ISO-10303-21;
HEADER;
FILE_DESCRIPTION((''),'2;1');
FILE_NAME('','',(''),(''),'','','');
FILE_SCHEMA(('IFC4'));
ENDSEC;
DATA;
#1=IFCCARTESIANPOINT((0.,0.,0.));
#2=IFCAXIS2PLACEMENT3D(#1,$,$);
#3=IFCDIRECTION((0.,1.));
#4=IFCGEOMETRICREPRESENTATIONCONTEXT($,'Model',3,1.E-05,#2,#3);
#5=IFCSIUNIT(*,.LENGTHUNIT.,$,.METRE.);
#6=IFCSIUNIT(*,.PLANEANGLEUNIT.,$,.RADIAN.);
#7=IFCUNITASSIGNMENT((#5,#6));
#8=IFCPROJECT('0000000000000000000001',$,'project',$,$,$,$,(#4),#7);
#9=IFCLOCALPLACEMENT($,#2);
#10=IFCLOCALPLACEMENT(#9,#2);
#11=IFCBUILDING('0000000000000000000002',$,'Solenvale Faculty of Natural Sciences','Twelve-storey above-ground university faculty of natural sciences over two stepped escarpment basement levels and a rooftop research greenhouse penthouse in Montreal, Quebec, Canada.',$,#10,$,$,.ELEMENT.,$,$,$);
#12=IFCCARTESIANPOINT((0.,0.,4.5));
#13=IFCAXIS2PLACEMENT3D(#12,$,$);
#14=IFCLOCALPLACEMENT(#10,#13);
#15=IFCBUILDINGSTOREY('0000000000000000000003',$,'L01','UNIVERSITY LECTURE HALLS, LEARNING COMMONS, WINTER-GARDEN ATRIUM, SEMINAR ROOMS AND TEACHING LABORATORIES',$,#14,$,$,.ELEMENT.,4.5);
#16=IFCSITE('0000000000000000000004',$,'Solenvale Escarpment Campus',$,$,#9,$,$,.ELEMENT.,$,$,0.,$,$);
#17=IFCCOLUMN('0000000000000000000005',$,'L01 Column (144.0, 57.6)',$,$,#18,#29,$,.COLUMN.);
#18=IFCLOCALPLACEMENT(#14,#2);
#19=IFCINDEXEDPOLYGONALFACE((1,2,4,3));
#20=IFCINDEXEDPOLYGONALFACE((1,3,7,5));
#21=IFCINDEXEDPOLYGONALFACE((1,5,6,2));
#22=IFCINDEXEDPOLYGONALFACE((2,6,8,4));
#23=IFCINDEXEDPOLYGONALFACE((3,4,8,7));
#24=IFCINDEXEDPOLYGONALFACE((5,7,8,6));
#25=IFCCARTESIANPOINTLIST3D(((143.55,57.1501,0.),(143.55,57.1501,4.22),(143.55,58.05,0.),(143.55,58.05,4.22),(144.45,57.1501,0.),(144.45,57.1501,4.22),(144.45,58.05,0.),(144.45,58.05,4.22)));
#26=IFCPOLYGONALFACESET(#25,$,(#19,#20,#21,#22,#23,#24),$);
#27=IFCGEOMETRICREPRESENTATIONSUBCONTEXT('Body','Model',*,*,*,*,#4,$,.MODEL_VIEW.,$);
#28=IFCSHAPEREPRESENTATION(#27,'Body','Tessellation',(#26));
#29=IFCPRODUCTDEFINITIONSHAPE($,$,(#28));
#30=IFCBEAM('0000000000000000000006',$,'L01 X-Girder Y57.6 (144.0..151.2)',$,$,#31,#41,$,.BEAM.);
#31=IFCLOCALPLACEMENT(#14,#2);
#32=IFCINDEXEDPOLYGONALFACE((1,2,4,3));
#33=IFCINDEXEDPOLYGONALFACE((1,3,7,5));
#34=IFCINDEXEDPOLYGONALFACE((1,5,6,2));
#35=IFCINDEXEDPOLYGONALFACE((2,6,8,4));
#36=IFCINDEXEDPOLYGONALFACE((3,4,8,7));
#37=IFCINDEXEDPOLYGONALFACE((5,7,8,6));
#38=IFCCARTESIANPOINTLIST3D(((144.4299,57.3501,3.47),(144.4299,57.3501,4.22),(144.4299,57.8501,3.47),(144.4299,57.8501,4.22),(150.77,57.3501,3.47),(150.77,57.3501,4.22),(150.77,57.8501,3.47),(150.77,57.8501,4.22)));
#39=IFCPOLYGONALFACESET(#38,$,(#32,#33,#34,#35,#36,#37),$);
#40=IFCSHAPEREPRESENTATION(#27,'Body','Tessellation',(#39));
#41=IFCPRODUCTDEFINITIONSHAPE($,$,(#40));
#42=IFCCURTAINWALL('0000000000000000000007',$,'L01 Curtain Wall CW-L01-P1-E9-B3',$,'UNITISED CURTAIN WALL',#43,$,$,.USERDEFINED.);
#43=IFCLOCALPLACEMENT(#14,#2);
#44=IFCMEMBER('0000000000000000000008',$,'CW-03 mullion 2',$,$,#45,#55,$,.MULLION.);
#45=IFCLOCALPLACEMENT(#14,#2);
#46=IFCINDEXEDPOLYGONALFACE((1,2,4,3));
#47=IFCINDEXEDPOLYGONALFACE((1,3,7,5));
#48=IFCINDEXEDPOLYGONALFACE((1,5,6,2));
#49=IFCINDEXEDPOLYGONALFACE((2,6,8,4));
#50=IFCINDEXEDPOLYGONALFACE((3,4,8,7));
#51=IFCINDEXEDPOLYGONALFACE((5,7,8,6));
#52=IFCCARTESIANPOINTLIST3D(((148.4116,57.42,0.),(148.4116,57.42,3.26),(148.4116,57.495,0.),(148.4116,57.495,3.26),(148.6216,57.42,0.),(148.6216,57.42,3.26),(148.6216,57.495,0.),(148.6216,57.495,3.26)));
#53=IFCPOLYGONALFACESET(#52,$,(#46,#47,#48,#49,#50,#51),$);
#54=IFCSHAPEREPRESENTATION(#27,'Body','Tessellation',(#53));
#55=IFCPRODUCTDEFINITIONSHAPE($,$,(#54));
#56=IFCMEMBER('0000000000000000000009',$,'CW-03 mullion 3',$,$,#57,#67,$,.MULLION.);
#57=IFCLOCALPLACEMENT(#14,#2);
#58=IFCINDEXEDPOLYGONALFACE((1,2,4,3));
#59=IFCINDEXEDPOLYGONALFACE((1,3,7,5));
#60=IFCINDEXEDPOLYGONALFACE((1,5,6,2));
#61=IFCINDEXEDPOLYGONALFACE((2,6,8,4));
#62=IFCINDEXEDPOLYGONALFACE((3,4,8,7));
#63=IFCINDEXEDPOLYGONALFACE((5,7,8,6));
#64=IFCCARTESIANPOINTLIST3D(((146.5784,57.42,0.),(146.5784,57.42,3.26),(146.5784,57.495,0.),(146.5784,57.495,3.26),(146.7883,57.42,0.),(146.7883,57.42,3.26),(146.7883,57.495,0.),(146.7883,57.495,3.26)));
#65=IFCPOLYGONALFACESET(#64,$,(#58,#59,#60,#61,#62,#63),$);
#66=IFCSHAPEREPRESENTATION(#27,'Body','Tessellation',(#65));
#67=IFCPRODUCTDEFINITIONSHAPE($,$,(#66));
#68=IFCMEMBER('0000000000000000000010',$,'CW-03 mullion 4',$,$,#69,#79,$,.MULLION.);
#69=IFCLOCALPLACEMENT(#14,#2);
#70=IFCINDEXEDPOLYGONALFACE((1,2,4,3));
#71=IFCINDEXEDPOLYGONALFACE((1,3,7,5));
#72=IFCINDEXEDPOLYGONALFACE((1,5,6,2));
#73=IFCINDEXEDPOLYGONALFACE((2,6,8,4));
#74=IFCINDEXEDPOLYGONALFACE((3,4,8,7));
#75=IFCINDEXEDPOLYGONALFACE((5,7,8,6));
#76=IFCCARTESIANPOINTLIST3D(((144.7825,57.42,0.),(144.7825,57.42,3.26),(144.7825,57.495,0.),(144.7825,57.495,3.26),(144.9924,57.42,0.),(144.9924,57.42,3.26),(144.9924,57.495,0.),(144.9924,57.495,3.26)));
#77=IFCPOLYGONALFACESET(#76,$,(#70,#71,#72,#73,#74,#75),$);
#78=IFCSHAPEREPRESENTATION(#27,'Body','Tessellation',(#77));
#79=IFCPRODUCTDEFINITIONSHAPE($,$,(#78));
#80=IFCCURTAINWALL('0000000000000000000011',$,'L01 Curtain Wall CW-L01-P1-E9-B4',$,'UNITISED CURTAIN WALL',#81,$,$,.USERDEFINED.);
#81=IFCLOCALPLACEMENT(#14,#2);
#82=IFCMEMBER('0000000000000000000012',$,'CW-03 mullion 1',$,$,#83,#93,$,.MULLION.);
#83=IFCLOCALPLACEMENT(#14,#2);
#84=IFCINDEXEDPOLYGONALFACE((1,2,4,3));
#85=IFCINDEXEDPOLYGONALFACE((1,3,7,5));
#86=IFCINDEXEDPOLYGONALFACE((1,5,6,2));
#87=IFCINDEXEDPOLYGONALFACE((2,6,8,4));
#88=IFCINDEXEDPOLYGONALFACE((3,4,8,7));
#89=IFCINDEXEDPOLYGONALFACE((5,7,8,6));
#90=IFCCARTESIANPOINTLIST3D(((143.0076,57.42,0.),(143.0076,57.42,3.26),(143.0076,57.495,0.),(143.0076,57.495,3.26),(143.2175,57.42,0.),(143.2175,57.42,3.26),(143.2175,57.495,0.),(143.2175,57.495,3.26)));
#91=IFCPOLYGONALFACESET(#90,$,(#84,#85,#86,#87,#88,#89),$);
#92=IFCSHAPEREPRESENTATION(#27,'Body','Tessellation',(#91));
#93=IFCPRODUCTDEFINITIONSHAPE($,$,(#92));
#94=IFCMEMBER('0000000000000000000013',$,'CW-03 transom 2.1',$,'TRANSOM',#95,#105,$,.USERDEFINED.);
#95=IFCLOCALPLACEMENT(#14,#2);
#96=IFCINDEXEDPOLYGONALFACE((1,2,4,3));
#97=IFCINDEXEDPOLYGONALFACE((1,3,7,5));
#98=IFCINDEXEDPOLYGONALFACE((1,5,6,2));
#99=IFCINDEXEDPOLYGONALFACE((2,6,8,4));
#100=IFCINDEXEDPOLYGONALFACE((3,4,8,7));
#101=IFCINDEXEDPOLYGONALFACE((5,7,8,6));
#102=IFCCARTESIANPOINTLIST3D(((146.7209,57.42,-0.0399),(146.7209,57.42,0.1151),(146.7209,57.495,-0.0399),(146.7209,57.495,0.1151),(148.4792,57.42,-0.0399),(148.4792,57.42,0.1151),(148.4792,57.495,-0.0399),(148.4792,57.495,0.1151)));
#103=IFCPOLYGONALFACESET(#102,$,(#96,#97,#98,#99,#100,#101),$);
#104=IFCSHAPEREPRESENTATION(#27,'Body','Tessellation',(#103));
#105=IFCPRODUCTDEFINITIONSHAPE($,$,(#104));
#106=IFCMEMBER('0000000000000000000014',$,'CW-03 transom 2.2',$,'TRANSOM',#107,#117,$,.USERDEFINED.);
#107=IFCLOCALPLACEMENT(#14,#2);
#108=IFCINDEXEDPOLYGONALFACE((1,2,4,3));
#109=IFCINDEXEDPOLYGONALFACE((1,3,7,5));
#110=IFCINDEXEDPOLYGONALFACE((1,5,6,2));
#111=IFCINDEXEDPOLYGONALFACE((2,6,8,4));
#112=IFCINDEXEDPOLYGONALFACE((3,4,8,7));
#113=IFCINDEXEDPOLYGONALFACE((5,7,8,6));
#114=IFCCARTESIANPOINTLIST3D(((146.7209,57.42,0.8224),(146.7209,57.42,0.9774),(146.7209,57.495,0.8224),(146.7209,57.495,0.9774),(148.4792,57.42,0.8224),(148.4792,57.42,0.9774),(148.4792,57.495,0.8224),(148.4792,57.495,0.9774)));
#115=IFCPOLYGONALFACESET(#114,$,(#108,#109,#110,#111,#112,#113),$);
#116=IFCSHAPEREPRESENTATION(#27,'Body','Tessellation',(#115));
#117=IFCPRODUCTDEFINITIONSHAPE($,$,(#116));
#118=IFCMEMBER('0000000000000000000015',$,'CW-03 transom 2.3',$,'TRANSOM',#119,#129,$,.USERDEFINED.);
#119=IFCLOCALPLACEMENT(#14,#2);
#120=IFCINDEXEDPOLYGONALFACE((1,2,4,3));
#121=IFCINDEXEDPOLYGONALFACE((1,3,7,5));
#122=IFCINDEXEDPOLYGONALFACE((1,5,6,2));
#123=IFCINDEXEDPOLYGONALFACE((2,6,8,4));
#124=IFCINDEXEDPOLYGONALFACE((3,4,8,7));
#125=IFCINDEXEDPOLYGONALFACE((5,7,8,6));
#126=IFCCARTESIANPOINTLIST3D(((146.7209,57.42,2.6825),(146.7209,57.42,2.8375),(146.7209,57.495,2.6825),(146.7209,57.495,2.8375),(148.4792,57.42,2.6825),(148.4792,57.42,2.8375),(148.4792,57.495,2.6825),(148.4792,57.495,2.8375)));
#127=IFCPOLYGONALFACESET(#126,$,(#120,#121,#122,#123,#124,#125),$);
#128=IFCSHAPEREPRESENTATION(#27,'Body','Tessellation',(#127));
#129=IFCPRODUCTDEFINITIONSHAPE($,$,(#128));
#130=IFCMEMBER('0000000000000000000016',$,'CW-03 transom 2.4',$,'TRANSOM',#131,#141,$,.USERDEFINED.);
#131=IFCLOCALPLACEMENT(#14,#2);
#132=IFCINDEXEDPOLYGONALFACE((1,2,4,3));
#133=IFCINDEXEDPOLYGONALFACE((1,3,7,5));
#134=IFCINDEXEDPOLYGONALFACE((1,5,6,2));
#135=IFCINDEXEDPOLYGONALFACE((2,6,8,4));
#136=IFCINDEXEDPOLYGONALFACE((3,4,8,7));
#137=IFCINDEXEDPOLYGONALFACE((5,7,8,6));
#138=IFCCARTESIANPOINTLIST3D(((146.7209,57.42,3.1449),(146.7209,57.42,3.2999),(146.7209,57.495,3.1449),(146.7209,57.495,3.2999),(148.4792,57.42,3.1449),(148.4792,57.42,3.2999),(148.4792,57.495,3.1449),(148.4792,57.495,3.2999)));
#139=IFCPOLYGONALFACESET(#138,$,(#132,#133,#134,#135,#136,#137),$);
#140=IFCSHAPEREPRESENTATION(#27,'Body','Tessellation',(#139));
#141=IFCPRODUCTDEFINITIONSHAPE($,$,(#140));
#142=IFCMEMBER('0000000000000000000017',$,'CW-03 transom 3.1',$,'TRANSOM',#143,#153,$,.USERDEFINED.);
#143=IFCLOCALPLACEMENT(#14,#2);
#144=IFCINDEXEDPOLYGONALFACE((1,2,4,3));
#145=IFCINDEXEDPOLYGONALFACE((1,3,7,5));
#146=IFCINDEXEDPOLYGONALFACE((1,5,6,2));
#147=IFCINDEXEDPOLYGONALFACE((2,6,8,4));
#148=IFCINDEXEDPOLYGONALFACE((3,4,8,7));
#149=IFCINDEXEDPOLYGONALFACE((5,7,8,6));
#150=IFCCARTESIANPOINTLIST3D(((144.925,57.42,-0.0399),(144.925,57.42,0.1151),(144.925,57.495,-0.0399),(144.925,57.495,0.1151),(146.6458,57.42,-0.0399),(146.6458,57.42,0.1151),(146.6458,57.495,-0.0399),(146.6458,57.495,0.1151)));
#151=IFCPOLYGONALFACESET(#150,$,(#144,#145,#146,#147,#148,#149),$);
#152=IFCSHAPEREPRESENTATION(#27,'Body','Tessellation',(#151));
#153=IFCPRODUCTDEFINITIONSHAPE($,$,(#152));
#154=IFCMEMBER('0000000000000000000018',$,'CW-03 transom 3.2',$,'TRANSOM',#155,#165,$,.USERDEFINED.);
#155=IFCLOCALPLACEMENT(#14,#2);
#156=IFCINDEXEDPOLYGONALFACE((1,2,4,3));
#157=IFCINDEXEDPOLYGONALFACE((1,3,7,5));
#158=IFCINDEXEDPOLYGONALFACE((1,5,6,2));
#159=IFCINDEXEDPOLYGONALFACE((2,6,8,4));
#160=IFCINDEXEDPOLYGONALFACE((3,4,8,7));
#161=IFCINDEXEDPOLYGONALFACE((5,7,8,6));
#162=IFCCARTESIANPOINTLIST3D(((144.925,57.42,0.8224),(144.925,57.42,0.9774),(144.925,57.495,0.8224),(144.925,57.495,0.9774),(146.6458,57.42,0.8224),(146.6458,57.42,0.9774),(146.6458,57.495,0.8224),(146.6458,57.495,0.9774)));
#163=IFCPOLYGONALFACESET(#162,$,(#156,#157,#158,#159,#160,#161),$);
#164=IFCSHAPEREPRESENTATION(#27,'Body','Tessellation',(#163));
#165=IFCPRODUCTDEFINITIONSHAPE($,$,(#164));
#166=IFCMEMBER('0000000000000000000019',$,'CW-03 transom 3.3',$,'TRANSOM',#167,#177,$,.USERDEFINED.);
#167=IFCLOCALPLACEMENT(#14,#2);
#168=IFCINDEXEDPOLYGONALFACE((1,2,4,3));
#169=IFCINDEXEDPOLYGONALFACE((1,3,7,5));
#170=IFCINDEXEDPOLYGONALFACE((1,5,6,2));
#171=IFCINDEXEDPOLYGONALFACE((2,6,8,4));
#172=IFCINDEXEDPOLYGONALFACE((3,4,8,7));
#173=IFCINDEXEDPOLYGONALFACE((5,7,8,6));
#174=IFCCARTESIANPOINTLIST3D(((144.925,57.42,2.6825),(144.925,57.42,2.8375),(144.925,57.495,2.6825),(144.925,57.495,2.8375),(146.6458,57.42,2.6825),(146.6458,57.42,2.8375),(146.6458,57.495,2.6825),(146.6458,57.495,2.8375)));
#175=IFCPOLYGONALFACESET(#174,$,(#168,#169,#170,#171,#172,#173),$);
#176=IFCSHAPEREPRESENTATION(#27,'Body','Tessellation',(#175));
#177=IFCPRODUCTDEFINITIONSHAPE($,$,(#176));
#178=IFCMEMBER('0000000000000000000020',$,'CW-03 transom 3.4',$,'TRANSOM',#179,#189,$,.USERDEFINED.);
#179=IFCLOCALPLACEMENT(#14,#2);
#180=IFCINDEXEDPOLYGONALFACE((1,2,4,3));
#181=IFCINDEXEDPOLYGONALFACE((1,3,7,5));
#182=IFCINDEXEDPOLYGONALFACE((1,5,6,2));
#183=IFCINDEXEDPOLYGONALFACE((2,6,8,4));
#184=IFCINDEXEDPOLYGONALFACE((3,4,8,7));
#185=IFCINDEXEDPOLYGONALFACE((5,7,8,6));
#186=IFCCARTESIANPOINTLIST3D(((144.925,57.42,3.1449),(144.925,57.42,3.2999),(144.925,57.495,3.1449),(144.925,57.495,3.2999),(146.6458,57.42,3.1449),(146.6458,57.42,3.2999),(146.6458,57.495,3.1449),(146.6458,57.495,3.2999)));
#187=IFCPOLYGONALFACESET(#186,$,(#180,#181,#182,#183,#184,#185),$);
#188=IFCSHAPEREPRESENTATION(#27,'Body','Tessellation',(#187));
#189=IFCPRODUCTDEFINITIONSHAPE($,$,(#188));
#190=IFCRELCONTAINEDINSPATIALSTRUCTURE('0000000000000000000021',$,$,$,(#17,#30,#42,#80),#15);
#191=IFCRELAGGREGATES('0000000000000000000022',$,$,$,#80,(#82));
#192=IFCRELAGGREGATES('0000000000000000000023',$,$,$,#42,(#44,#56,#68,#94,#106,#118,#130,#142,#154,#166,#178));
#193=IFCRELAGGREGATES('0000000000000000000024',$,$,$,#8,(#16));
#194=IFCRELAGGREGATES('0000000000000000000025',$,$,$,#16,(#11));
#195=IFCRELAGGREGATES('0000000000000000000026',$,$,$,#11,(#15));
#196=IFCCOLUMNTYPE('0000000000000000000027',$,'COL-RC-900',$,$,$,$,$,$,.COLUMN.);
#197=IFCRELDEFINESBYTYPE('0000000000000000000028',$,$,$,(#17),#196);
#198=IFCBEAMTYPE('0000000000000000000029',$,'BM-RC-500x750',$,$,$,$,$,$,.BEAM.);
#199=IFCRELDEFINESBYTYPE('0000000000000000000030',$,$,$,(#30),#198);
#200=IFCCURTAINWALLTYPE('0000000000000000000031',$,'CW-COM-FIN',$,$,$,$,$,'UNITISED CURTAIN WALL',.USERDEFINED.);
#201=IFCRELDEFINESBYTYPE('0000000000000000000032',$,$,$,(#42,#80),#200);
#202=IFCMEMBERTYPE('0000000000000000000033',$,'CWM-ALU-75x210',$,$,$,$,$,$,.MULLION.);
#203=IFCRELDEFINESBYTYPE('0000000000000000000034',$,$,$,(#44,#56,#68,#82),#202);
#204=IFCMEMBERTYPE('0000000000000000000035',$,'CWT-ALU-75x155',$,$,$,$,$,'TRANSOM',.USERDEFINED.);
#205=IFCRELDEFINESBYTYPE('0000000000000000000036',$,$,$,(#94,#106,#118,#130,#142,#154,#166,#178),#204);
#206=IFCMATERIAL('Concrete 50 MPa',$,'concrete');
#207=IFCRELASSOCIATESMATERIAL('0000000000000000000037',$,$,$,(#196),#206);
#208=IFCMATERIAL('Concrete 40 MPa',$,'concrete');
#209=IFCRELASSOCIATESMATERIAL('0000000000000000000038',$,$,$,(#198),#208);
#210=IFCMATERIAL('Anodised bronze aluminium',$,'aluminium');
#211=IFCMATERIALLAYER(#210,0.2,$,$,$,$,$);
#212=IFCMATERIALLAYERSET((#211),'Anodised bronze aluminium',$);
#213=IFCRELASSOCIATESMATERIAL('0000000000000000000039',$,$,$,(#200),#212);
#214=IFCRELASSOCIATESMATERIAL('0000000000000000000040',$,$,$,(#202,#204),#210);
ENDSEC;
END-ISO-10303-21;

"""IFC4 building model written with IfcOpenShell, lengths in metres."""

from ifc_helpers import new_model, si_unit, direction, frame, origin, origin_2d, place, context, subcontext, project, spatial, rectangle, extrude, material, layer, layer_set, material_profile, profile_set, type_object, element, aggregate, save


model = new_model("IFC4")

# Units and contexts
model_context = context("Model", 3, precision=1e-05, world=origin(), true_north=direction((0.0, 1.0)))
body_context = subcontext(model_context, "Body", "Model", "MODEL_VIEW")
ifc_project = project(units=[si_unit("LENGTHUNIT", "METRE"), si_unit("PLANEANGLEUNIT", "RADIAN")], contexts=[model_context])

# Site, building, storey
site_placement = place(None, origin())
site = spatial("IfcSite", under=ifc_project, at=site_placement, Name="Solenvale Escarpment Campus", CompositionType="ELEMENT", RefElevation=0.0)
building_placement = place(site_placement, origin())
building = spatial("IfcBuilding", under=site, at=building_placement, Name="Solenvale Faculty of Natural Sciences", Description="Twelve-storey above-ground university faculty of natural sciences over two stepped escarpment basement levels and a rooftop research greenhouse penthouse in Montreal, Quebec, Canada.", CompositionType="ELEMENT")
storey_placement = place(building_placement, frame((0.0, 0.0, 4.5)))
storey = spatial("IfcBuildingStorey", under=building, at=storey_placement, Name="L01", Description="UNIVERSITY LECTURE HALLS, LEARNING COMMONS, WINTER-GARDEN ATRIUM, SEMINAR ROOMS AND TEACHING LABORATORIES", CompositionType="ELEMENT", Elevation=4.5)

# Column
ifc_material_1 = material(Name="Concrete 50 MPa", Category="concrete")
ifc_material_profile_1 = material_profile(ifc_material_1, rectangle(XDim=0.8999, YDim=0.8999, at=origin_2d()), Name="RC-COL-900x900")
ifc_profile_set_1 = profile_set([ifc_material_profile_1], Name="Concrete 50 MPa")
column_type = type_object("IfcColumnType", Name="COL-RC-900", PredefinedType="COLUMN", material=ifc_profile_set_1)
column_placement = place(storey_placement, frame((144.0, 57.6001, 0.0), z_axis=(0.0, 0.0, 1.0), x_axis=(1.0, 0.0, 0.0)))
element("IfcColumn", 1, at=column_placement, inside=storey, type_object=column_type, Name="L01 Column (144.0, 57.6)", PredefinedType="COLUMN", context=body_context, shape_type="SweptSolid", body=[
    extrude(rectangle(XDim=0.8999, YDim=0.8999, at=origin_2d()), origin(), (0.0, 0.0, 1.0), 4.22),
])

# Beam
ifc_material_2 = material(Name="Concrete 40 MPa", Category="concrete")
ifc_material_profile_2 = material_profile(ifc_material_2, rectangle(XDim=0.5, YDim=0.75, at=origin_2d()), Name="RC-BM-500x750")
ifc_profile_set_2 = profile_set([ifc_material_profile_2], Name="Concrete 40 MPa")
beam_type = type_object("IfcBeamType", Name="BM-RC-500x750", PredefinedType="BEAM", material=ifc_profile_set_2)
beam_placement = place(storey_placement, frame((144.4299, 57.6001, 3.845), z_axis=(1.0, 0.0, 0.0), x_axis=(0.0, 1.0, 0.0)))
element("IfcBeam", 2, at=beam_placement, inside=storey, type_object=beam_type, Name="L01 X-Girder Y57.6 (144.0..151.2)", PredefinedType="BEAM", context=body_context, shape_type="SweptSolid", body=[
    extrude(rectangle(XDim=0.5, YDim=0.75, at=origin_2d()), origin(), (0.0, 0.0, 1.0), 6.3401),
])

# Curtain wall, members
ifc_material_3 = material(Name="Anodised bronze aluminium", Category="aluminium")
ifc_layer_1 = layer(ifc_material_3, 0.2)
ifc_layer_set_1 = layer_set([ifc_layer_1], Name="Anodised bronze aluminium")
curtain_wall_type = type_object("IfcCurtainWallType", Name="CW-COM-FIN", ElementType="UNITISED CURTAIN WALL", PredefinedType="USERDEFINED", material=ifc_layer_set_1)
curtain_wall_1_placement = place(storey_placement, origin())
curtain_wall_1 = element("IfcCurtainWall", 3, at=curtain_wall_1_placement, inside=storey, type_object=curtain_wall_type, Name="L01 Curtain Wall CW-L01-P1-E9-B3", ObjectType="UNITISED CURTAIN WALL", PredefinedType="USERDEFINED")
ifc_material_profile_3 = material_profile(ifc_material_3, rectangle(XDim=0.075, YDim=0.21, at=origin_2d()), Name="ALU-MUL-75x210")
ifc_profile_set_3 = profile_set([ifc_material_profile_3], Name="Anodised bronze aluminium")
member_type_1 = type_object("IfcMemberType", Name="CWM-ALU-75x210", PredefinedType="MULLION", material=ifc_profile_set_3)
member_1_placement = place(storey_placement, frame((148.5166, 57.4575, 0.0), z_axis=(0.0, 0.0, 1.0), x_axis=(0.0, -1.0, 0.0)))
member_1 = element("IfcMember", 4, at=member_1_placement, type_object=member_type_1, Name="CW-03 mullion 2", PredefinedType="MULLION", context=body_context, shape_type="SweptSolid", body=[
    extrude(rectangle(XDim=0.075, YDim=0.21, at=origin_2d()), origin(), (0.0, 0.0, 1.0), 3.26),
])
member_2_placement = place(storey_placement, frame((146.6833, 57.4575, 0.0), z_axis=(0.0, 0.0, 1.0), x_axis=(0.0, -1.0, 0.0)))
member_2 = element("IfcMember", 5, at=member_2_placement, type_object=member_type_1, Name="CW-03 mullion 3", PredefinedType="MULLION", context=body_context, shape_type="SweptSolid", body=[
    extrude(rectangle(XDim=0.075, YDim=0.21, at=origin_2d()), origin(), (0.0, 0.0, 1.0), 3.26),
])
member_3_placement = place(storey_placement, frame((144.8875, 57.4575, 0.0), z_axis=(0.0, 0.0, 1.0), x_axis=(0.0, -1.0, 0.0)))
member_3 = element("IfcMember", 6, at=member_3_placement, type_object=member_type_1, Name="CW-03 mullion 4", PredefinedType="MULLION", context=body_context, shape_type="SweptSolid", body=[
    extrude(rectangle(XDim=0.075, YDim=0.21, at=origin_2d()), origin(), (0.0, 0.0, 1.0), 3.26),
])

# Curtain wall, member
curtain_wall_2_placement = place(storey_placement, origin())
curtain_wall_2 = element("IfcCurtainWall", 7, at=curtain_wall_2_placement, inside=storey, type_object=curtain_wall_type, Name="L01 Curtain Wall CW-L01-P1-E9-B4", ObjectType="UNITISED CURTAIN WALL", PredefinedType="USERDEFINED")
member_4_placement = place(storey_placement, frame((143.1125, 57.4575, 0.0), z_axis=(0.0, 0.0, 1.0), x_axis=(0.0, -1.0, 0.0)))
member_4 = element("IfcMember", 8, at=member_4_placement, type_object=member_type_1, Name="CW-03 mullion 1", PredefinedType="MULLION", context=body_context, shape_type="SweptSolid", body=[
    extrude(rectangle(XDim=0.075, YDim=0.21, at=origin_2d()), origin(), (0.0, 0.0, 1.0), 3.26),
])

# Members
ifc_material_profile_4 = material_profile(ifc_material_3, rectangle(XDim=0.075, YDim=0.155, at=origin_2d()), Name="ALU-TRN-75x155")
ifc_profile_set_4 = profile_set([ifc_material_profile_4], Name="Anodised bronze aluminium")
member_type_2 = type_object("IfcMemberType", Name="CWT-ALU-75x155", ElementType="TRANSOM", PredefinedType="USERDEFINED", material=ifc_profile_set_4)
member_5_placement = place(storey_placement, frame((148.4792, 57.4575, 0.0376), z_axis=(-1.0, 0.0, 0.0), x_axis=(0.0, -1.0, 0.0)))
member_5 = element("IfcMember", 9, at=member_5_placement, type_object=member_type_2, Name="CW-03 transom 2.1", ObjectType="TRANSOM", PredefinedType="USERDEFINED", context=body_context, shape_type="SweptSolid", body=[
    extrude(rectangle(XDim=0.075, YDim=0.155, at=origin_2d()), origin(), (0.0, 0.0, 1.0), 1.7583),
])
member_6_placement = place(storey_placement, frame((148.4792, 57.4575, 0.8999), z_axis=(-1.0, 0.0, 0.0), x_axis=(0.0, -1.0, 0.0)))
member_6 = element("IfcMember", 10, at=member_6_placement, type_object=member_type_2, Name="CW-03 transom 2.2", ObjectType="TRANSOM", PredefinedType="USERDEFINED", context=body_context, shape_type="SweptSolid", body=[
    extrude(rectangle(XDim=0.075, YDim=0.155, at=origin_2d()), origin(), (0.0, 0.0, 1.0), 1.7583),
])
member_7_placement = place(storey_placement, frame((148.4792, 57.4575, 2.76), z_axis=(-1.0, 0.0, 0.0), x_axis=(0.0, -1.0, 0.0)))
member_7 = element("IfcMember", 11, at=member_7_placement, type_object=member_type_2, Name="CW-03 transom 2.3", ObjectType="TRANSOM", PredefinedType="USERDEFINED", context=body_context, shape_type="SweptSolid", body=[
    extrude(rectangle(XDim=0.075, YDim=0.155, at=origin_2d()), origin(), (0.0, 0.0, 1.0), 1.7583),
])
member_8_placement = place(storey_placement, frame((148.4792, 57.4575, 3.2224), z_axis=(-1.0, 0.0, 0.0), x_axis=(0.0, -1.0, 0.0)))
member_8 = element("IfcMember", 12, at=member_8_placement, type_object=member_type_2, Name="CW-03 transom 2.4", ObjectType="TRANSOM", PredefinedType="USERDEFINED", context=body_context, shape_type="SweptSolid", body=[
    extrude(rectangle(XDim=0.075, YDim=0.155, at=origin_2d()), origin(), (0.0, 0.0, 1.0), 1.7583),
])
member_9_placement = place(storey_placement, frame((146.6458, 57.4575, 0.0376), z_axis=(-1.0, 0.0, 0.0), x_axis=(0.0, -1.0, 0.0)))
member_9 = element("IfcMember", 13, at=member_9_placement, type_object=member_type_2, Name="CW-03 transom 3.1", ObjectType="TRANSOM", PredefinedType="USERDEFINED", context=body_context, shape_type="SweptSolid", body=[
    extrude(rectangle(XDim=0.075, YDim=0.155, at=origin_2d()), origin(), (0.0, 0.0, 1.0), 1.7207),
])
member_10_placement = place(storey_placement, frame((146.6458, 57.4575, 0.8999), z_axis=(-1.0, 0.0, 0.0), x_axis=(0.0, -1.0, 0.0)))
member_10 = element("IfcMember", 14, at=member_10_placement, type_object=member_type_2, Name="CW-03 transom 3.2", ObjectType="TRANSOM", PredefinedType="USERDEFINED", context=body_context, shape_type="SweptSolid", body=[
    extrude(rectangle(XDim=0.075, YDim=0.155, at=origin_2d()), origin(), (0.0, 0.0, 1.0), 1.7207),
])
member_11_placement = place(storey_placement, frame((146.6458, 57.4575, 2.76), z_axis=(-1.0, 0.0, 0.0), x_axis=(0.0, -1.0, 0.0)))
member_11 = element("IfcMember", 15, at=member_11_placement, type_object=member_type_2, Name="CW-03 transom 3.3", ObjectType="TRANSOM", PredefinedType="USERDEFINED", context=body_context, shape_type="SweptSolid", body=[
    extrude(rectangle(XDim=0.075, YDim=0.155, at=origin_2d()), origin(), (0.0, 0.0, 1.0), 1.7207),
])
member_12_placement = place(storey_placement, frame((146.6458, 57.4575, 3.2224), z_axis=(-1.0, 0.0, 0.0), x_axis=(0.0, -1.0, 0.0)))
member_12 = element("IfcMember", 16, at=member_12_placement, type_object=member_type_2, Name="CW-03 transom 3.4", ObjectType="TRANSOM", PredefinedType="USERDEFINED", context=body_context, shape_type="SweptSolid", body=[
    extrude(rectangle(XDim=0.075, YDim=0.155, at=origin_2d()), origin(), (0.0, 0.0, 1.0), 1.7207),
])
aggregate(curtain_wall_2, [member_4])

aggregate(curtain_wall_1, [member_1, member_2, member_3, member_5, member_6, member_7, member_8, member_9, member_10, member_11, member_12])

save(model, "model.ifc")
